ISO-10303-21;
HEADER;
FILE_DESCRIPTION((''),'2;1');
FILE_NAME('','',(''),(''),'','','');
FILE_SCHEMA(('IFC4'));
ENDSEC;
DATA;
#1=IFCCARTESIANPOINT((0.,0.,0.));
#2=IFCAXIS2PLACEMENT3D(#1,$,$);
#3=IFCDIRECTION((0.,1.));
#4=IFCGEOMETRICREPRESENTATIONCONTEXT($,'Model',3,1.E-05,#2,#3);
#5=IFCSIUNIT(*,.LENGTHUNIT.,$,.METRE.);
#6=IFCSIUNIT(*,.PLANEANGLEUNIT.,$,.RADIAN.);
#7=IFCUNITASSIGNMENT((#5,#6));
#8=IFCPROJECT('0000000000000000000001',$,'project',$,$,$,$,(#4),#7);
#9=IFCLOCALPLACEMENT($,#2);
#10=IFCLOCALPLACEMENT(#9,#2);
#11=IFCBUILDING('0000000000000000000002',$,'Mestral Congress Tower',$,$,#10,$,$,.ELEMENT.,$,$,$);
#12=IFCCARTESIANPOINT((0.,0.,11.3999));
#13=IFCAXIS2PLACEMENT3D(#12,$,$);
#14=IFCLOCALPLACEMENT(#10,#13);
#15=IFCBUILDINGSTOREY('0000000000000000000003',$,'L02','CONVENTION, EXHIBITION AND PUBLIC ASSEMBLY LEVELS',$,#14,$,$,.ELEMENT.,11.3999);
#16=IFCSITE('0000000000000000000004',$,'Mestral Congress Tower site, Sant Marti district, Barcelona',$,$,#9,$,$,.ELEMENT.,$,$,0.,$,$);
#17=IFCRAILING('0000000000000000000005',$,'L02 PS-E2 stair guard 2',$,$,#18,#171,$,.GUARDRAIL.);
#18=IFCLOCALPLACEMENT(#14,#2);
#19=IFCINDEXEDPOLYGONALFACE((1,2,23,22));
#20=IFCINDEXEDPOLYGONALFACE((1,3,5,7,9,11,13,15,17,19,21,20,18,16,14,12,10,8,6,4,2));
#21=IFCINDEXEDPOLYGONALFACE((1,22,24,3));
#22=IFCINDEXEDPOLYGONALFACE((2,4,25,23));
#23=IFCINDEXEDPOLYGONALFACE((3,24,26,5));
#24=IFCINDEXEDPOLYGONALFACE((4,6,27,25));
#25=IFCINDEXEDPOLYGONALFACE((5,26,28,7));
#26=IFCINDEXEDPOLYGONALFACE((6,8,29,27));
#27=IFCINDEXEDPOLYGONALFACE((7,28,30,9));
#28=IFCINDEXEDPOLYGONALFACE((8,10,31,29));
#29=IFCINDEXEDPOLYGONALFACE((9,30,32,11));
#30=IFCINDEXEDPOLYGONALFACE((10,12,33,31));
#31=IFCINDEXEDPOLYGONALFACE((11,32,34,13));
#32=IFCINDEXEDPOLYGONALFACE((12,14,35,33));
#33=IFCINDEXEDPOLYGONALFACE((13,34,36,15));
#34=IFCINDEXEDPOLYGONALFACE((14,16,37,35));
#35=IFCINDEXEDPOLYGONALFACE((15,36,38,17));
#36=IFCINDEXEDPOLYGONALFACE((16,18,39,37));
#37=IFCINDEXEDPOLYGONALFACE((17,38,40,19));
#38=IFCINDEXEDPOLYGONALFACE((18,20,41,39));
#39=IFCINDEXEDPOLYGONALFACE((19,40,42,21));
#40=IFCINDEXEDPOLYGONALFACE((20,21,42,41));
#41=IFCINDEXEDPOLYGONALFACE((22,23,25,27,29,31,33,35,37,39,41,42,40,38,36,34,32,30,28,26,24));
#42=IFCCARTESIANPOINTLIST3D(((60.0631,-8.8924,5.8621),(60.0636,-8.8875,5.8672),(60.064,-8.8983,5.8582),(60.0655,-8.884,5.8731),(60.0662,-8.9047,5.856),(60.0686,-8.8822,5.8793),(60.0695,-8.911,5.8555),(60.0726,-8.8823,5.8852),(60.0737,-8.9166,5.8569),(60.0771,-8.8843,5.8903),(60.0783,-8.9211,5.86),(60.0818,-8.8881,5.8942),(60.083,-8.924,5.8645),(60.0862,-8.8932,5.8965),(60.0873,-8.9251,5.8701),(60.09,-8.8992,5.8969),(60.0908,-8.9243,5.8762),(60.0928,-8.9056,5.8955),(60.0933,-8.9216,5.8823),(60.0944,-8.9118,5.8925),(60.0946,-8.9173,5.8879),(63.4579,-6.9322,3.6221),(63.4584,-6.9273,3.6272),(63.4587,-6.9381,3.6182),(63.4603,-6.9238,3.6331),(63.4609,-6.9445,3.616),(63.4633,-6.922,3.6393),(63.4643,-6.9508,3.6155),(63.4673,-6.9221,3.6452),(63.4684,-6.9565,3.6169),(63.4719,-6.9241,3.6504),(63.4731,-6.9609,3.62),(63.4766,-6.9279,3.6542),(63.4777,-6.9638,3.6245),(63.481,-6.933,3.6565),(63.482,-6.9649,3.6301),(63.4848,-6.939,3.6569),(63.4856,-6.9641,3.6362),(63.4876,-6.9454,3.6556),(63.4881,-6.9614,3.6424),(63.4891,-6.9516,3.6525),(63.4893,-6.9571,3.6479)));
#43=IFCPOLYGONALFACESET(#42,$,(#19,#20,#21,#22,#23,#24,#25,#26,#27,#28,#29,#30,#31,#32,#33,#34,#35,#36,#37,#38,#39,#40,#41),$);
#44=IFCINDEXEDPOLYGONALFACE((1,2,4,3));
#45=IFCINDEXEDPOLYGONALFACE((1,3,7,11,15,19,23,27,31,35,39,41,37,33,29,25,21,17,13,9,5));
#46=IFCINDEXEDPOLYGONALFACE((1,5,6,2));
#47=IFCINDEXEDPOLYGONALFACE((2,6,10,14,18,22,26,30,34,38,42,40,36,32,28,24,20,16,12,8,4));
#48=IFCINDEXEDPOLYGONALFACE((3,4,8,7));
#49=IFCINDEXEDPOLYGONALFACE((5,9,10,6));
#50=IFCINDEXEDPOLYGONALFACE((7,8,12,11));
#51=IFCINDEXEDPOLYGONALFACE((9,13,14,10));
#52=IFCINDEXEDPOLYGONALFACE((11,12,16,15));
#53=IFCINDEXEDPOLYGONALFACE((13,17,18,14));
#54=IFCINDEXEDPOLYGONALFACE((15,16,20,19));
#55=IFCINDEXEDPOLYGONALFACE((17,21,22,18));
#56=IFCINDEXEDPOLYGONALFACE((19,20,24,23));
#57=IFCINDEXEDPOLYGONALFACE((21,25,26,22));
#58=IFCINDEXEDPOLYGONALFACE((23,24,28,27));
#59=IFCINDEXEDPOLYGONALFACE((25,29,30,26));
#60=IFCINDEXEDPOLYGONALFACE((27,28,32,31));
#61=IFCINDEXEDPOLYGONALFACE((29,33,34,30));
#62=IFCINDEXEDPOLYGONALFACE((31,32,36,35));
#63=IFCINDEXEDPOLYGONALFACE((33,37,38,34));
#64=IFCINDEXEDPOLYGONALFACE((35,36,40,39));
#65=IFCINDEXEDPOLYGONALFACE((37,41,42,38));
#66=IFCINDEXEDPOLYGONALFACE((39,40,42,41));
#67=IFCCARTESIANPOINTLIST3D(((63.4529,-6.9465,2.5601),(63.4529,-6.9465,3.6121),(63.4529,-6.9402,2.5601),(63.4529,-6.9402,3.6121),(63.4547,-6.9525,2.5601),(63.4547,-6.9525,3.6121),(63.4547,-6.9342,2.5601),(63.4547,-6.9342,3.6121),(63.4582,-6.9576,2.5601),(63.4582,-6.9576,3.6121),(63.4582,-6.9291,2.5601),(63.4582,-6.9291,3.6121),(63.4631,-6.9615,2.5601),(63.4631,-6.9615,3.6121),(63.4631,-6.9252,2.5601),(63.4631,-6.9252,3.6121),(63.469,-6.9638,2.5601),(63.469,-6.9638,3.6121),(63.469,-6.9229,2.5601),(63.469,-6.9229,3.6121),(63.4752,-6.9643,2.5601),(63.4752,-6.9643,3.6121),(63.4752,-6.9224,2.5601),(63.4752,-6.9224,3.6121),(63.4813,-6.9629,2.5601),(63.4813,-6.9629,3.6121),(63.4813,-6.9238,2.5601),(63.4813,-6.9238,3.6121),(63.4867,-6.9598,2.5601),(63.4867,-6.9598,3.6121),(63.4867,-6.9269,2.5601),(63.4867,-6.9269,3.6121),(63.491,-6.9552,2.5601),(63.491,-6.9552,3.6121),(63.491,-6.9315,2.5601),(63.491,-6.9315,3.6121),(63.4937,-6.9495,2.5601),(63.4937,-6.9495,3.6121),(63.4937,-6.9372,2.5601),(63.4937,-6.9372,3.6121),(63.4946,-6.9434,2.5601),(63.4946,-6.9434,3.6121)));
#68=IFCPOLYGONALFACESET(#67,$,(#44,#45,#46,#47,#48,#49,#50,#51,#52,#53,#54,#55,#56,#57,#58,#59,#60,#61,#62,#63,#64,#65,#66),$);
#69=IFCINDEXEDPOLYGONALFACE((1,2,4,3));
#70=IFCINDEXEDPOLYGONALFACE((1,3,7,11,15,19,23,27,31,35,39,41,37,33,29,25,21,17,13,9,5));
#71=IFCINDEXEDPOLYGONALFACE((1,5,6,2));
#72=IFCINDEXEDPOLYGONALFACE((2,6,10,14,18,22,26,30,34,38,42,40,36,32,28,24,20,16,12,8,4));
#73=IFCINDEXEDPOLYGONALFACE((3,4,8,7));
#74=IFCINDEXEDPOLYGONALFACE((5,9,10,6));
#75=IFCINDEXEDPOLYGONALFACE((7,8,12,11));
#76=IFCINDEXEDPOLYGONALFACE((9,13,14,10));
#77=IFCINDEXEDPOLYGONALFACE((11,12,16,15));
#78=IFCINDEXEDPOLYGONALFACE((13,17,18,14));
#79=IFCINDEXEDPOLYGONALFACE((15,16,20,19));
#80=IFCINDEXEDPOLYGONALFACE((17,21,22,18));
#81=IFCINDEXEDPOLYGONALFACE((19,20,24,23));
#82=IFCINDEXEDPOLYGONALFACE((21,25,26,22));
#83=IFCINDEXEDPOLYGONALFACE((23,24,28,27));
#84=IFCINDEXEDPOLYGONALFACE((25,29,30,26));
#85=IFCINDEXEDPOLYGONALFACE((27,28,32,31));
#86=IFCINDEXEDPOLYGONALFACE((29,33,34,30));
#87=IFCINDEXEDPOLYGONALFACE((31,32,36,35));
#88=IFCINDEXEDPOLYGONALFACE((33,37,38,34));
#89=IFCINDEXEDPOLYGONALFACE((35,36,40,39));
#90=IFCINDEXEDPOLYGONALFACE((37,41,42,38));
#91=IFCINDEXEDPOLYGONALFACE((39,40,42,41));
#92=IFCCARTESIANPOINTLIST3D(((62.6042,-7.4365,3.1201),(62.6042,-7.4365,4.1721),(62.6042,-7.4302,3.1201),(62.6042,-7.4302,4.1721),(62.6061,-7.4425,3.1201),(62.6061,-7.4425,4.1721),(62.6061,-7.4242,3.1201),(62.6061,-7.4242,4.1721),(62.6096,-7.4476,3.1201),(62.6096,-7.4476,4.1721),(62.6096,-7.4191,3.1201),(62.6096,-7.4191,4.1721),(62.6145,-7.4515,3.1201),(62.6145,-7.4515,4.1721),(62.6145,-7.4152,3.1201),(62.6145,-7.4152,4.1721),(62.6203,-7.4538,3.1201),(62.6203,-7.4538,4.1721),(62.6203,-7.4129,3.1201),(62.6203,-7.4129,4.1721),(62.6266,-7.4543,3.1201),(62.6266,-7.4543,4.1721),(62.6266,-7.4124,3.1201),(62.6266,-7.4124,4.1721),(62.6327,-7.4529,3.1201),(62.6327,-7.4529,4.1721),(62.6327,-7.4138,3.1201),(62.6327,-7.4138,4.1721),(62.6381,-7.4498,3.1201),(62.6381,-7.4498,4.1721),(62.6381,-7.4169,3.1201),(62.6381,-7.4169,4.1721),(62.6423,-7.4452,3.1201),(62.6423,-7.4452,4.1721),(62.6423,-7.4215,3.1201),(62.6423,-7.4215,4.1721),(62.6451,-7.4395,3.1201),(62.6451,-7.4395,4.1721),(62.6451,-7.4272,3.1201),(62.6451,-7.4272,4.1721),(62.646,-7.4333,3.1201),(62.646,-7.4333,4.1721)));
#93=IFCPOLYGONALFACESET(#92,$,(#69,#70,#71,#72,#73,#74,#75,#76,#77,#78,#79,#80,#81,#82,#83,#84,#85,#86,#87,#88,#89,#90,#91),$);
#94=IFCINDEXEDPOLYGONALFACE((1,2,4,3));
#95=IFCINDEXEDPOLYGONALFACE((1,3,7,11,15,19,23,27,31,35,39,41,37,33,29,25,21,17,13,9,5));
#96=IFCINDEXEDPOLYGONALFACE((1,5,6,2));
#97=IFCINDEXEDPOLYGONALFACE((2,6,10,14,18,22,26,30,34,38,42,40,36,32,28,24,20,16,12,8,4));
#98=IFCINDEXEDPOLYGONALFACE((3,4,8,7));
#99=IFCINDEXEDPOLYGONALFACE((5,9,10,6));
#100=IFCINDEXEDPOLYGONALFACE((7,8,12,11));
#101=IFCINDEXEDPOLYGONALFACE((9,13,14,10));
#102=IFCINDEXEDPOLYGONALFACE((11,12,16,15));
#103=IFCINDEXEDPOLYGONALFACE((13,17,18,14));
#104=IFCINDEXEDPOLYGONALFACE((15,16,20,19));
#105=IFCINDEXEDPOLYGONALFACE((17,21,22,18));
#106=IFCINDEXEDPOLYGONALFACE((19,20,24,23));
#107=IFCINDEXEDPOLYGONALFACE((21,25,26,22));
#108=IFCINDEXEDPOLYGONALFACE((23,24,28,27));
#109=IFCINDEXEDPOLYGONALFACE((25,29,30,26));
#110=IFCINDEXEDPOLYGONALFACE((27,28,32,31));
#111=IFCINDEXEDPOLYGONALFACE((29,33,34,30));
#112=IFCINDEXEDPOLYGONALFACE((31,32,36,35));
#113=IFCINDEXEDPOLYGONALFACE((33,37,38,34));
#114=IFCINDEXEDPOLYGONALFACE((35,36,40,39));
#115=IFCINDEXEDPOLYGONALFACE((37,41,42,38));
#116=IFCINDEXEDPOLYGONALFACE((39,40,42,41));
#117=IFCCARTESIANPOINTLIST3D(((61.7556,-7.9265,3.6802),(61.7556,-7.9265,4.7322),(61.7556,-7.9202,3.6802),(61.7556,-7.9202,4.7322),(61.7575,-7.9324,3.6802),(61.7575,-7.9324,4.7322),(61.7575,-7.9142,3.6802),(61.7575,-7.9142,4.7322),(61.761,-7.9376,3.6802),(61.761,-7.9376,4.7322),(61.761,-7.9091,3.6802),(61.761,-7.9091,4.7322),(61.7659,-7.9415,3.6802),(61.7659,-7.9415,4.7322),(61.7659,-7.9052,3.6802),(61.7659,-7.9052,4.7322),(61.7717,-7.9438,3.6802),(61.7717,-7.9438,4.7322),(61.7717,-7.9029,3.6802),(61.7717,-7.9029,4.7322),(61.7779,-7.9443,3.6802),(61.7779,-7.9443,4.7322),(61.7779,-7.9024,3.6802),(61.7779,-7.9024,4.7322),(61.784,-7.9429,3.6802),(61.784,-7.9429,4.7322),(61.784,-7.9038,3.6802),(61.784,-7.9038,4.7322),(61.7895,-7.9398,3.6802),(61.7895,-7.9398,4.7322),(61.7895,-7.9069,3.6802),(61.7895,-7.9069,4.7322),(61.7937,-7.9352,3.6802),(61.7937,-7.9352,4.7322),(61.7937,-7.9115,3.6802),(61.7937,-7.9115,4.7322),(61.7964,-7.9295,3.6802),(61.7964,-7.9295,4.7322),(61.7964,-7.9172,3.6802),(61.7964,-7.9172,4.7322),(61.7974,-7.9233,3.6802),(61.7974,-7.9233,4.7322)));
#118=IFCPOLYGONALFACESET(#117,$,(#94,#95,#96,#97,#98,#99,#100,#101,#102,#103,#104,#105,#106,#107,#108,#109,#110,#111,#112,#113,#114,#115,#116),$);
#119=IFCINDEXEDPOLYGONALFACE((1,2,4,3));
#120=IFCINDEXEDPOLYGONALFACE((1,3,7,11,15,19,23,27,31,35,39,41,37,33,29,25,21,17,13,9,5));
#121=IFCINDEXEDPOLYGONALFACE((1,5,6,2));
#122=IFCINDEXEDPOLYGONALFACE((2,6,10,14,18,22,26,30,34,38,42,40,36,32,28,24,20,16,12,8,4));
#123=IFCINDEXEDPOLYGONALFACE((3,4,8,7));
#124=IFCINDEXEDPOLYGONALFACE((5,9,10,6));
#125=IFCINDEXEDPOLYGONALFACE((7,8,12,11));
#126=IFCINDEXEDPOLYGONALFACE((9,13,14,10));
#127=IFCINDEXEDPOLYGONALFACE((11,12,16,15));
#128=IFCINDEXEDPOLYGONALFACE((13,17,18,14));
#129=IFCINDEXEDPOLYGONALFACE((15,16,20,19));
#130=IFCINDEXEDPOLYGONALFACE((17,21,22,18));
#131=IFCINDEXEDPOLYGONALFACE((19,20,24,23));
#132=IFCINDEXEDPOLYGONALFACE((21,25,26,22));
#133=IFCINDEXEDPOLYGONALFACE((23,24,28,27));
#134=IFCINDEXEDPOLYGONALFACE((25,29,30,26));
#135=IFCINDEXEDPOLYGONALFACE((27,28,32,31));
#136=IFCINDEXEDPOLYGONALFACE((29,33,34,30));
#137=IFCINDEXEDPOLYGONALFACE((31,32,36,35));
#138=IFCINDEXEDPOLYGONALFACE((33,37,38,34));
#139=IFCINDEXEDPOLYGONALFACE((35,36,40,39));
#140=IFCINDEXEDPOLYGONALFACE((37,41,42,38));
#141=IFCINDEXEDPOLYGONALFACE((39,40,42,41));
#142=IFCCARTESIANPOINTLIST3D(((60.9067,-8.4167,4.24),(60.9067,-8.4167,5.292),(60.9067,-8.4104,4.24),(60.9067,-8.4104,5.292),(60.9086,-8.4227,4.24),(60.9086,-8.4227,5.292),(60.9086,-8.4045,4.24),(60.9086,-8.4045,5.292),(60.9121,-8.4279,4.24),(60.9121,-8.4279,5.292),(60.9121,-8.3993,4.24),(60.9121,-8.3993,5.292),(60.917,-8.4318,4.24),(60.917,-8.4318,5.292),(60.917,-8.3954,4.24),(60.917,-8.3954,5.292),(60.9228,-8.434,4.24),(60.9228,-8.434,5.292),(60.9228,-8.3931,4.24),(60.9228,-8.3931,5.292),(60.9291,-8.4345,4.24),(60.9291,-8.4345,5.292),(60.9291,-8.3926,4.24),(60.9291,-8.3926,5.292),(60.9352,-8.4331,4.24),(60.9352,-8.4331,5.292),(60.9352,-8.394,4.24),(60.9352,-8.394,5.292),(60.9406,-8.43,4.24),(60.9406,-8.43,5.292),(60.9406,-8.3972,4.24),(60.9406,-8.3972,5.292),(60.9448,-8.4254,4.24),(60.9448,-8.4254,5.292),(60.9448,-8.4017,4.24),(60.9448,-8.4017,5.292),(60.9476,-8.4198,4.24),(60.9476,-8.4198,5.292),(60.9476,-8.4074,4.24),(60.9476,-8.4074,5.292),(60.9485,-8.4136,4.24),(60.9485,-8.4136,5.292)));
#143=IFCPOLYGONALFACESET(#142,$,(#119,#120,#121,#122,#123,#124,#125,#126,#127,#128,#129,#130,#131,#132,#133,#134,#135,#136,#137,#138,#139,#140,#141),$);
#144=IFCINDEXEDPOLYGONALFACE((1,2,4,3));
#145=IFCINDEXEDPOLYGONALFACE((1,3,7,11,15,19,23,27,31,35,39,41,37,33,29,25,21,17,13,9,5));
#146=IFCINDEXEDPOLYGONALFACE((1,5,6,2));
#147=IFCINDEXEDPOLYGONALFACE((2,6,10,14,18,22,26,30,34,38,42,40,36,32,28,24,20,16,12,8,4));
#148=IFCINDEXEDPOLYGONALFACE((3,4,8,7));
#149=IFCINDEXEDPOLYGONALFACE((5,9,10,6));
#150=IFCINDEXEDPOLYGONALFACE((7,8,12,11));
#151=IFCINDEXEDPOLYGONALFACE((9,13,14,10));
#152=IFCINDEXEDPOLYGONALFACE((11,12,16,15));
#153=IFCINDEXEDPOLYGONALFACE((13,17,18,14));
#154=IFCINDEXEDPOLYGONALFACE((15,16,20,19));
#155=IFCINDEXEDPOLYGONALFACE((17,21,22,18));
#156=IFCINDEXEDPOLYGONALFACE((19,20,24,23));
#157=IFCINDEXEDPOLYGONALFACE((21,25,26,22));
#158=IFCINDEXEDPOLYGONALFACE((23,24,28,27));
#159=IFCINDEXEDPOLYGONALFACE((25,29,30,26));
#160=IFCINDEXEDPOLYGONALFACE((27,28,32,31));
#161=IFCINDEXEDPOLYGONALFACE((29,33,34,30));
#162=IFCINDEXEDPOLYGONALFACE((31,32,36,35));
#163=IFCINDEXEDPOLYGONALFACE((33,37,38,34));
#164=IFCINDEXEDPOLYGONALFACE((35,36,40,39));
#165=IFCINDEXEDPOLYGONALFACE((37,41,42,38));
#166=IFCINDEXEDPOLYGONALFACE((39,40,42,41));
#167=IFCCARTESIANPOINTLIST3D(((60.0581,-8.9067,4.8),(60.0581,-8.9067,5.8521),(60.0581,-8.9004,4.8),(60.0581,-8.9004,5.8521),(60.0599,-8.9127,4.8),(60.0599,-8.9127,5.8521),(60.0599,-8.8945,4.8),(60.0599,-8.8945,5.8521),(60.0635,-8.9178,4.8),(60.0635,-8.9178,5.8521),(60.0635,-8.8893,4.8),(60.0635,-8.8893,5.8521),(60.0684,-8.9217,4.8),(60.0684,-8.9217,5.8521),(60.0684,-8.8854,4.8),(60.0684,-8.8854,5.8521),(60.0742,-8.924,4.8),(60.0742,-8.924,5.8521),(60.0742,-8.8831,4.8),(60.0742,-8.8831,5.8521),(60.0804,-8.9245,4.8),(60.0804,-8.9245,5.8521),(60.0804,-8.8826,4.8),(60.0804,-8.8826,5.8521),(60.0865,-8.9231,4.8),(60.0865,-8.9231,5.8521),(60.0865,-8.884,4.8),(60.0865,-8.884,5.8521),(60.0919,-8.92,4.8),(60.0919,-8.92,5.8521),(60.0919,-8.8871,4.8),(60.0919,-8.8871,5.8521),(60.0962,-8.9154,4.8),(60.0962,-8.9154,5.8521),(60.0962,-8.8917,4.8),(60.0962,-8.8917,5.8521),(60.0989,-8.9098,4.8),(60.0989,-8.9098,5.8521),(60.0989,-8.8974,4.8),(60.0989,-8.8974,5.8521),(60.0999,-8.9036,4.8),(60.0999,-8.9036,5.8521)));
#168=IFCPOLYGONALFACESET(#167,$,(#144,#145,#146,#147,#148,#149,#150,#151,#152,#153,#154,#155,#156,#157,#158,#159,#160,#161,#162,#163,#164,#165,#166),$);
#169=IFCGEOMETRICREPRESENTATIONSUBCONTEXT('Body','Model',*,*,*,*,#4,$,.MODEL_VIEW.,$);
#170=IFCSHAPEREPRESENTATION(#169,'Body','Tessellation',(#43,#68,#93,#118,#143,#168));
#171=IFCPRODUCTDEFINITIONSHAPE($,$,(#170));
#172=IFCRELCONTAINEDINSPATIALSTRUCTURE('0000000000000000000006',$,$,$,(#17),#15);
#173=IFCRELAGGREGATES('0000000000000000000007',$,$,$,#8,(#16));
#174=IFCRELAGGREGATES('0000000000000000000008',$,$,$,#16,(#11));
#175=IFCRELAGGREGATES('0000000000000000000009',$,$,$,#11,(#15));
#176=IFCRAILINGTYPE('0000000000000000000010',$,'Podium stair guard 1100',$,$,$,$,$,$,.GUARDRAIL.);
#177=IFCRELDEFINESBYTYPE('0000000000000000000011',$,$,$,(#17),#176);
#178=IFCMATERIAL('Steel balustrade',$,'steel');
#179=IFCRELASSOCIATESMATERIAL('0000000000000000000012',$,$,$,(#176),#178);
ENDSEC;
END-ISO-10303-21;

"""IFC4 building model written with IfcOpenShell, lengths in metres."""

from ifc_helpers import new_model, si_unit, direction, frame, origin, origin_2d, place, context, subcontext, project, spatial, circle, extrude, material, type_object, element, save


model = new_model("IFC4")

# Units and contexts
model_context = context("Model", 3, precision=1e-05, world=origin(), true_north=direction((0.0, 1.0)))
body_context = subcontext(model_context, "Body", "Model", "MODEL_VIEW")
ifc_project = project(units=[si_unit("LENGTHUNIT", "METRE"), si_unit("PLANEANGLEUNIT", "RADIAN")], contexts=[model_context])

# Site, building, storey
site_placement = place(None, origin())
site = spatial("IfcSite", under=ifc_project, at=site_placement, Name="Mestral Congress Tower site, Sant Marti district, Barcelona", CompositionType="ELEMENT", RefElevation=0.0)
building_placement = place(site_placement, origin())
building = spatial("IfcBuilding", under=site, at=building_placement, Name="Mestral Congress Tower", CompositionType="ELEMENT")
storey_placement = place(building_placement, frame((0.0, 0.0, 11.3999)))
storey = spatial("IfcBuildingStorey", under=building, at=storey_placement, Name="L02", Description="CONVENTION, EXHIBITION AND PUBLIC ASSEMBLY LEVELS", CompositionType="ELEMENT", Elevation=11.3999)

# Railing
ifc_material_1 = material(Name="Steel balustrade", Category="steel")
railing_type_1 = type_object("IfcRailingType", Name="Podium stair guard 1100", PredefinedType="GUARDRAIL", material=ifc_material_1)
railing_1_placement = place(storey_placement, frame((63.4736, -6.9434, 2.5601)))
element("IfcRailing", 1, at=railing_1_placement, inside=storey, type_object=railing_type_1, Name="L02 PS-E2 stair guard 2", PredefinedType="GUARDRAIL", context=body_context, shape_type="SweptSolid", body=[
    extrude(circle(Radius=0.0239, at=origin_2d()), frame((0.0, 0.0, 1.0762), z_axis=(-0.751902, -0.434162, 0.496131), x_axis=(0.500044, -0.866, 0.0)), (0.0, 0.0, 1.0), 4.5149),
    extrude(circle(Radius=0.021, at=origin_2d()), origin(), (0.0, 0.0, 1.0), 1.052),
    extrude(circle(Radius=0.021, at=origin_2d()), frame((-0.8486, -0.49, 0.5601)), (0.0, 0.0, 1.0), 1.052),
    extrude(circle(Radius=0.021, at=origin_2d()), frame((-1.6973, -0.98, 1.1201)), (0.0, 0.0, 1.0), 1.052),
    extrude(circle(Radius=0.021, at=origin_2d()), frame((-2.5461, -1.4702, 1.6799)), (0.0, 0.0, 1.0), 1.052),
    extrude(circle(Radius=0.021, at=origin_2d()), frame((-3.3948, -1.9602, 2.24)), (0.0, 0.0, 1.0), 1.052),
])

save(model, "model.ifc")
